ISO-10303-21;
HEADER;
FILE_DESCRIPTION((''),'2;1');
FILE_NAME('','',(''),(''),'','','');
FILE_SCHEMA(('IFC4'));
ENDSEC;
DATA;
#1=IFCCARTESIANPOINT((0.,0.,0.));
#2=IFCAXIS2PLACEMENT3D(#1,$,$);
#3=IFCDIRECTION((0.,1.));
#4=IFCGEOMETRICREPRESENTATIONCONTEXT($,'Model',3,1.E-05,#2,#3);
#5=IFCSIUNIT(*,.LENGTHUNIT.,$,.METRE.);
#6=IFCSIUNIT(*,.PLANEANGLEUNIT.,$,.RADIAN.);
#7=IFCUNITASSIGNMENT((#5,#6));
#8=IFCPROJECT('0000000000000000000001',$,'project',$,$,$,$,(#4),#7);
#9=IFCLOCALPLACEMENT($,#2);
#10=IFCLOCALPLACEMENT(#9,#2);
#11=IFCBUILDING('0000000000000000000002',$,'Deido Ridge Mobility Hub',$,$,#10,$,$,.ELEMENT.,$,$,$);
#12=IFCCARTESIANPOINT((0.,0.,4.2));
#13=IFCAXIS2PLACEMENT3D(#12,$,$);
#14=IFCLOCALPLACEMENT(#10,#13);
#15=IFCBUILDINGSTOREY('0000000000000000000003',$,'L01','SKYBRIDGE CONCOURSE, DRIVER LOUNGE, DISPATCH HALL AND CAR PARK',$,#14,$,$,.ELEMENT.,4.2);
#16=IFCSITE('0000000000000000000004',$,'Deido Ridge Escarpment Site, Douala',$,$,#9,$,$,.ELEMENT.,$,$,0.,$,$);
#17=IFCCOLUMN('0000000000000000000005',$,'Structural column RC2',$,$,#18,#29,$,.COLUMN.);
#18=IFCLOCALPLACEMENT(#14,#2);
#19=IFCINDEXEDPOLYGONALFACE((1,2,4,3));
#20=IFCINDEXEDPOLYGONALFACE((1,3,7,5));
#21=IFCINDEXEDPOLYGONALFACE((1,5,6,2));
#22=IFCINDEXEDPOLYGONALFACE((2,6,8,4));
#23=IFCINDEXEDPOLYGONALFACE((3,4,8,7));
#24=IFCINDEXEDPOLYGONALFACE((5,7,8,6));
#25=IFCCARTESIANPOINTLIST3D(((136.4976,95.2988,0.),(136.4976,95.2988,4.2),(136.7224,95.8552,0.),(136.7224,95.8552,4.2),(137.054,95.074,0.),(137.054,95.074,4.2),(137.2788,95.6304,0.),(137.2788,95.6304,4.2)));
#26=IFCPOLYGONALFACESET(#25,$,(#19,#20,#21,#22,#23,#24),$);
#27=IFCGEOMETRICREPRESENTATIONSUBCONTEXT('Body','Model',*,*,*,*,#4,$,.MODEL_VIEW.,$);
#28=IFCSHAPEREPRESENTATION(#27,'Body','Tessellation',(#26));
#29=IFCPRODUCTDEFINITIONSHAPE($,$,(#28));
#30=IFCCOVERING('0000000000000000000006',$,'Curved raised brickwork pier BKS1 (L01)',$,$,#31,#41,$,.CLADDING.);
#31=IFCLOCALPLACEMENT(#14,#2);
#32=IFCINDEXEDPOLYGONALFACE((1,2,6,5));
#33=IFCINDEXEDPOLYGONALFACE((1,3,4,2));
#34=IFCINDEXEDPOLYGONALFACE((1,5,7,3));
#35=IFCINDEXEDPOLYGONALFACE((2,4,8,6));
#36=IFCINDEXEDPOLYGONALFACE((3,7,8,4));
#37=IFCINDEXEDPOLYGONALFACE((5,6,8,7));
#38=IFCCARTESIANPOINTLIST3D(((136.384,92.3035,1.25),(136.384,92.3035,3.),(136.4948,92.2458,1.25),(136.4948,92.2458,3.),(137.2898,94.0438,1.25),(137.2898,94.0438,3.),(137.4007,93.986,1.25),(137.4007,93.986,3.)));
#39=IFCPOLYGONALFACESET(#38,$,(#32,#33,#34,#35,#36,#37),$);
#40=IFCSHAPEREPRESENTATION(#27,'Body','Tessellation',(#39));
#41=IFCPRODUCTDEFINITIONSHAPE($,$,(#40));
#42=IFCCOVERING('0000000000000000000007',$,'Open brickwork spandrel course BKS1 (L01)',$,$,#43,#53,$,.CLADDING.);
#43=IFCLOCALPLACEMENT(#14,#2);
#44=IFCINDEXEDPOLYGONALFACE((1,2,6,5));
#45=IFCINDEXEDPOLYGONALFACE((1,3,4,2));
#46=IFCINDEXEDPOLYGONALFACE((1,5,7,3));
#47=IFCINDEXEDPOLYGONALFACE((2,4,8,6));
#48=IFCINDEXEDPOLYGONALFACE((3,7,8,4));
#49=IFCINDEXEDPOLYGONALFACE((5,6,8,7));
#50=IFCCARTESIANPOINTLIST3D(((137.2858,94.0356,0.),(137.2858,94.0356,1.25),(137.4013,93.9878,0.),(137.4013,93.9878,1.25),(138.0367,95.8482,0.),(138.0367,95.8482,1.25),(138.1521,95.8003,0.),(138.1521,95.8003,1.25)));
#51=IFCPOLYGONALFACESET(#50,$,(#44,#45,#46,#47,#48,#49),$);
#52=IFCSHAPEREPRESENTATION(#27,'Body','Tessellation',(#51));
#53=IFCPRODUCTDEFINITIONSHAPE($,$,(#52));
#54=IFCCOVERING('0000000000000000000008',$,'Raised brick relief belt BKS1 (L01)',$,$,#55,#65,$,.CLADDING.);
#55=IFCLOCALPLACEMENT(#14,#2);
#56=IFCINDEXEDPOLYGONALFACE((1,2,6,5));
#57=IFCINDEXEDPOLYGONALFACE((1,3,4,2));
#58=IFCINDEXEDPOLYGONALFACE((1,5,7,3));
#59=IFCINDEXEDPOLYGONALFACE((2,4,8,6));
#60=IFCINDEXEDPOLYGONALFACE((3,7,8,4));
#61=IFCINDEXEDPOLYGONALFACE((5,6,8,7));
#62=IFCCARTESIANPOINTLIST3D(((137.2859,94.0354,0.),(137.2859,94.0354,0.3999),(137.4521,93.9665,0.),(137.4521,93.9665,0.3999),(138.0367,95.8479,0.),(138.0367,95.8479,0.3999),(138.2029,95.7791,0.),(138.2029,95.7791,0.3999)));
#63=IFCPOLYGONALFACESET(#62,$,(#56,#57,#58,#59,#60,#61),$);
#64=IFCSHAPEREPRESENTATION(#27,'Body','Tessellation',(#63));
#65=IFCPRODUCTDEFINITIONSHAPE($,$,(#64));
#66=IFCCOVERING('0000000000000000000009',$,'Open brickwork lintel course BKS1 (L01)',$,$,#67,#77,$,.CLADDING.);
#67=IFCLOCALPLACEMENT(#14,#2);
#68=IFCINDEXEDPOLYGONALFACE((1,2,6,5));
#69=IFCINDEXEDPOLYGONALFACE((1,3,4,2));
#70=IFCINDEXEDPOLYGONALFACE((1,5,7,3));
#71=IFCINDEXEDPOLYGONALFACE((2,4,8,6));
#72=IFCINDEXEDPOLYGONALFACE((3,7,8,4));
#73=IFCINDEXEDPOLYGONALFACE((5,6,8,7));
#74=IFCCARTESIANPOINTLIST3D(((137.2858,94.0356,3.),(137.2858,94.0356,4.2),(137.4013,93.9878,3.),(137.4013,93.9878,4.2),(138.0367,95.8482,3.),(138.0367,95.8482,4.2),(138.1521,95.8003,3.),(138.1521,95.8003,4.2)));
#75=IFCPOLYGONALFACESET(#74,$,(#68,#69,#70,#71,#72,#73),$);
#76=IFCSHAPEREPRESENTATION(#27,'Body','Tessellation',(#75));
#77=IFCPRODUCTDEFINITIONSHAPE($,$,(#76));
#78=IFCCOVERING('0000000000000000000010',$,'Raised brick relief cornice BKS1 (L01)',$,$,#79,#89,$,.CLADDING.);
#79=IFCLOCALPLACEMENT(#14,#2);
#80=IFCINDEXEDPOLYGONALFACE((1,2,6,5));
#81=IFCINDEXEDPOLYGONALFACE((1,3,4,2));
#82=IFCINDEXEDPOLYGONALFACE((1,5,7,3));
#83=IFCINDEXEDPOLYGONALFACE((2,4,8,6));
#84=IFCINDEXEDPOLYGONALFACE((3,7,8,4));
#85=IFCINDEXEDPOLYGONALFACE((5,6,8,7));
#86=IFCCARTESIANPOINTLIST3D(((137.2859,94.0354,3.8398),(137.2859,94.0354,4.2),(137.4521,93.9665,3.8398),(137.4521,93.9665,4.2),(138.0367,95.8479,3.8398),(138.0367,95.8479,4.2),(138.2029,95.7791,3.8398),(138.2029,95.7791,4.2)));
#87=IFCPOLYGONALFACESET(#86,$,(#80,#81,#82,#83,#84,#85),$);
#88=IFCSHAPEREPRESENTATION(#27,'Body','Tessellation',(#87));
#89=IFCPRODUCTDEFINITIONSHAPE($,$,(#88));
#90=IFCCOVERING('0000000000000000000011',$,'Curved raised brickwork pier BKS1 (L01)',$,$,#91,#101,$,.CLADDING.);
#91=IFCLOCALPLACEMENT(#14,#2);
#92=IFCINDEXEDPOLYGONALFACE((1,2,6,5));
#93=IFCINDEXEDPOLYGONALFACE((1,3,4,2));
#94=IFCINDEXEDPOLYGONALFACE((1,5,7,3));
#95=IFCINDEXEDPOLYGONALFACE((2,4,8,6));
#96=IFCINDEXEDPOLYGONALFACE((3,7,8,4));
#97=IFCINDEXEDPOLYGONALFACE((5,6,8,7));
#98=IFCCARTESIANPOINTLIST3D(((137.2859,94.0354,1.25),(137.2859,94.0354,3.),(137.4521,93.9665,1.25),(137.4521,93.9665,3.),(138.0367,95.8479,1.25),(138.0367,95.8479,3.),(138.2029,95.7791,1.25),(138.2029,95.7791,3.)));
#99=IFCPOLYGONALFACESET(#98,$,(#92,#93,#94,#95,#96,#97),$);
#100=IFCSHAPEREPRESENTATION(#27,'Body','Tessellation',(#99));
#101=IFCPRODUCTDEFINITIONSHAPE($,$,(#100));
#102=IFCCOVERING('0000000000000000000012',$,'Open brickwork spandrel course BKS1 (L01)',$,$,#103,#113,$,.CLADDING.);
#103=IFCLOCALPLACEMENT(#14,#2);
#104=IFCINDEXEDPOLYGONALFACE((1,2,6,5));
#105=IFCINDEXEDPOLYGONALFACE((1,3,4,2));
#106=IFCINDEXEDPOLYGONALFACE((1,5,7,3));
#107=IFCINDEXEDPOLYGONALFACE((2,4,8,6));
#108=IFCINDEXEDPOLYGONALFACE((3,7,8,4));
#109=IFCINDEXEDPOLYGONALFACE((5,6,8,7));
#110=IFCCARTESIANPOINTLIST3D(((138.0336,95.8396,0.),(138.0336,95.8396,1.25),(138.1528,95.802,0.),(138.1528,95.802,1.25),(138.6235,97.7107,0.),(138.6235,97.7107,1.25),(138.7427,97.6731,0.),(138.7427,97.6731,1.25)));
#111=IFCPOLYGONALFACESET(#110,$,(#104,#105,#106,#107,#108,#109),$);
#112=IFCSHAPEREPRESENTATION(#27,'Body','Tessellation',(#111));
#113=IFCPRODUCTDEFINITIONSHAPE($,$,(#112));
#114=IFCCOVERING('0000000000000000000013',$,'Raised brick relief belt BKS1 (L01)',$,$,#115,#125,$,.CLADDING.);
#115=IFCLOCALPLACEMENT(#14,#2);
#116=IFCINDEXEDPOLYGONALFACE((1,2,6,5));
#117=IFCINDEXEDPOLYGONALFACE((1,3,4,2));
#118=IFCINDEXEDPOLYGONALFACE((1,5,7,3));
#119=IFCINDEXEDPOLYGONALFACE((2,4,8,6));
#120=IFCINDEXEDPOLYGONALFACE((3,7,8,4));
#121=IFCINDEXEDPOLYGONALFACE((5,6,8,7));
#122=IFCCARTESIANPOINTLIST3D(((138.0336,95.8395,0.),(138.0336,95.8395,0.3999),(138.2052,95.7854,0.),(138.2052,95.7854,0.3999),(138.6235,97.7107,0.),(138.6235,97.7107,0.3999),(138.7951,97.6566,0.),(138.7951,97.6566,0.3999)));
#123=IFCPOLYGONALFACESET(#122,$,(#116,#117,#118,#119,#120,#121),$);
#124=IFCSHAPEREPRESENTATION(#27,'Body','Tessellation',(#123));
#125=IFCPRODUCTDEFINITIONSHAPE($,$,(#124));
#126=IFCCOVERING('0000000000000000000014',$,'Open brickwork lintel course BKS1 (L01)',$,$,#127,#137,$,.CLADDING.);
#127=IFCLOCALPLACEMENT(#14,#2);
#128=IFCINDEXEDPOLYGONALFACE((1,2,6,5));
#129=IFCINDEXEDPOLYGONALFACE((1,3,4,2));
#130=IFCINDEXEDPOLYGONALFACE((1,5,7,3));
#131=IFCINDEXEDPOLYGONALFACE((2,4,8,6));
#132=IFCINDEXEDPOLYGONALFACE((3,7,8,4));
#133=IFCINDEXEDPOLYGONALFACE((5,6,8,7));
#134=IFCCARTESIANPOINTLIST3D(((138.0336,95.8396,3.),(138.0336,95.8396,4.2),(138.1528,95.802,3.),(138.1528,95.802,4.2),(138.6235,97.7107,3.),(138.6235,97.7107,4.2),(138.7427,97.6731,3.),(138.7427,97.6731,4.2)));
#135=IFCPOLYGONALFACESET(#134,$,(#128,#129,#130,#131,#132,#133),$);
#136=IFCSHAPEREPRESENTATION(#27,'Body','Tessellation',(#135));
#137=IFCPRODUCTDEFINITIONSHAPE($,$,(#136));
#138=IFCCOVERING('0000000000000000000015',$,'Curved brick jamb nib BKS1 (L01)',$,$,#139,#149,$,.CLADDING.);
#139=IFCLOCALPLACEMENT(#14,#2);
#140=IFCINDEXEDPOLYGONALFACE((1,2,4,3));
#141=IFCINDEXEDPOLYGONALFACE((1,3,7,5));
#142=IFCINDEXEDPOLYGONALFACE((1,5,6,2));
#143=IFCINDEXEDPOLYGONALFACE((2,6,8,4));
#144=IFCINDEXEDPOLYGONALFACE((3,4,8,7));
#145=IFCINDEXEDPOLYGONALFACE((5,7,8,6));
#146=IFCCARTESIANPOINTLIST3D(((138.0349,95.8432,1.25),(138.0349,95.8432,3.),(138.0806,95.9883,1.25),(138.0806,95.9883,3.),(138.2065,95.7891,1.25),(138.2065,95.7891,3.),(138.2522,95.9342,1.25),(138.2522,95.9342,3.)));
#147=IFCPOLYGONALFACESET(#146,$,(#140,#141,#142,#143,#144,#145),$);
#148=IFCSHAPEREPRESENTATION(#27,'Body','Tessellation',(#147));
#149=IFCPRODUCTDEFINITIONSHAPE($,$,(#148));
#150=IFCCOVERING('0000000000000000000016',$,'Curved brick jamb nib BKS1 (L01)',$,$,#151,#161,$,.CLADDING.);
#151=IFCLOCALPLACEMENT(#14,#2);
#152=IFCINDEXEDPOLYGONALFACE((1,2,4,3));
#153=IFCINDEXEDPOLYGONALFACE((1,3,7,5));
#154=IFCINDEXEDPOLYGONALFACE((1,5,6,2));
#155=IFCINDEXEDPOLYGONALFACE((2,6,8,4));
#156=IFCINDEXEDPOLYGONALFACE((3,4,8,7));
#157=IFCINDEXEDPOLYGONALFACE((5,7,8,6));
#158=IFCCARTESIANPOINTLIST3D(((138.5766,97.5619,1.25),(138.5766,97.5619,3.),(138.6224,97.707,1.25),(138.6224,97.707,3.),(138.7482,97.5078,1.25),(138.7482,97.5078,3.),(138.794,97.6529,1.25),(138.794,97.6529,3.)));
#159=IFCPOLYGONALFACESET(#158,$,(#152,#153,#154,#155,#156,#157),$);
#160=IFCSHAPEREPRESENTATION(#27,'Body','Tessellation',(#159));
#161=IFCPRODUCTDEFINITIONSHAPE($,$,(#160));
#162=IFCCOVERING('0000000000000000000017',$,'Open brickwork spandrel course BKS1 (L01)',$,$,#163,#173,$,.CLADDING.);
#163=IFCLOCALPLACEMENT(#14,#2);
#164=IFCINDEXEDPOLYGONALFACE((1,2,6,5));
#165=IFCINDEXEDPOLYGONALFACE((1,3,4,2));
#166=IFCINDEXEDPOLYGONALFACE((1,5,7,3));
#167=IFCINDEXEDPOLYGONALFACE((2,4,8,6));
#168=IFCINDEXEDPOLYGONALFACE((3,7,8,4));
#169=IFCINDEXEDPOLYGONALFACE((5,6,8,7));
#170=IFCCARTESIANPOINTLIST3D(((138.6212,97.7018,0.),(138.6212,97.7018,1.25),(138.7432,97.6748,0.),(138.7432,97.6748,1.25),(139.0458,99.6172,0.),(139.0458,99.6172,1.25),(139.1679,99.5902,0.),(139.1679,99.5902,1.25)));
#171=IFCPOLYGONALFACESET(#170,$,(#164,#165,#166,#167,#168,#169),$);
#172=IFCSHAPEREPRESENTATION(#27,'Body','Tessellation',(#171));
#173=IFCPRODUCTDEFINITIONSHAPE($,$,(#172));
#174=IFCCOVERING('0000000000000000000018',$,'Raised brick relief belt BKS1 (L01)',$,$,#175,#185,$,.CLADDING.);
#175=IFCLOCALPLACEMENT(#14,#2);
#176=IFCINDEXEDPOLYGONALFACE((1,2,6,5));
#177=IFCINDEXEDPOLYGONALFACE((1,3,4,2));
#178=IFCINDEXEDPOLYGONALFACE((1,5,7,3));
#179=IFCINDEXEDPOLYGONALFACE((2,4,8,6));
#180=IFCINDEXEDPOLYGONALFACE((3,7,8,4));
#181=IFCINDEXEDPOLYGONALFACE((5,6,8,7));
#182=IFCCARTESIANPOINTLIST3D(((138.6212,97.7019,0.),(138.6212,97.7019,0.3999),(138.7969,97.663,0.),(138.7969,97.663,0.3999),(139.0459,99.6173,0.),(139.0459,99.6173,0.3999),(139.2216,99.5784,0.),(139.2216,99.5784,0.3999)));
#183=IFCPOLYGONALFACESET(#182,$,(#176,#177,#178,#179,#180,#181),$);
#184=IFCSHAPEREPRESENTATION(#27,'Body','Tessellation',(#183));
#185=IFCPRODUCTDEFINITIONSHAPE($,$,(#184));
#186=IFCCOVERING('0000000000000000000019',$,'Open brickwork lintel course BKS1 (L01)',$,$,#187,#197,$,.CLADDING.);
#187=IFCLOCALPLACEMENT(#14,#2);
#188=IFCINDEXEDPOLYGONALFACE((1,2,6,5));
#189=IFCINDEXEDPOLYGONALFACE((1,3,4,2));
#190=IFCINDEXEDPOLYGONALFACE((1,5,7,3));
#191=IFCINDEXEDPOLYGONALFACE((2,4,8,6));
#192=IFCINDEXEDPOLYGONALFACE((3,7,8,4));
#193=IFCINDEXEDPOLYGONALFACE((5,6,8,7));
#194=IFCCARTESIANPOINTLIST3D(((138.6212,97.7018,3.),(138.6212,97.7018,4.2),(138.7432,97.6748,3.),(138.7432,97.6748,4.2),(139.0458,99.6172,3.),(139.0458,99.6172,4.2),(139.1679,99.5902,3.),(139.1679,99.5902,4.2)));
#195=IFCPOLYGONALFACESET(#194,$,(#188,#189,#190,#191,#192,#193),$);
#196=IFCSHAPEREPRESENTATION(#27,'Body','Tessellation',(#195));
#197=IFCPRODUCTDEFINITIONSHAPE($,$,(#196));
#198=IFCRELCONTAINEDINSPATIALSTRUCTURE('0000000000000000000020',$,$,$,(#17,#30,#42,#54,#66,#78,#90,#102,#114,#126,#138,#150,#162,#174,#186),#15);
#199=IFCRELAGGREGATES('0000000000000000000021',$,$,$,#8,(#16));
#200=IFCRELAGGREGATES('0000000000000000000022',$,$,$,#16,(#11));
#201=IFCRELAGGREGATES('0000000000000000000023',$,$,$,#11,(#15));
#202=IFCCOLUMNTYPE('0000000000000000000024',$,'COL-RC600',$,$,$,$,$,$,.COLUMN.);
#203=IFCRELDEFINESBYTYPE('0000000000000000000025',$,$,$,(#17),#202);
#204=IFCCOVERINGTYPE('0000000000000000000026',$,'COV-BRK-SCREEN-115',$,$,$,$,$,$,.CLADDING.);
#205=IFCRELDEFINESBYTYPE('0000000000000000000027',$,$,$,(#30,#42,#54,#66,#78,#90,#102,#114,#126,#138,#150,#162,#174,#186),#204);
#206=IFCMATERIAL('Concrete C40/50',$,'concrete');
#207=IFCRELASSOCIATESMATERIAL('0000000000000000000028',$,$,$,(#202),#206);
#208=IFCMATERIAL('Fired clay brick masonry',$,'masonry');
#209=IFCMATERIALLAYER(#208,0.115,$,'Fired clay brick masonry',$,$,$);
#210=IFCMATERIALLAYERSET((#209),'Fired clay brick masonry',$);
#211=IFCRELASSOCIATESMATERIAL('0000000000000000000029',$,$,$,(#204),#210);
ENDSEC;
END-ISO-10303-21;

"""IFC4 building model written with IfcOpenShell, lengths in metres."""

from ifc_helpers import new_model, si_unit, direction, frame, origin, origin_2d, place, context, subcontext, project, spatial, rectangle, extrude, material, layer, layer_set, material_profile, profile_set, type_object, element, save


model = new_model("IFC4")

# Units and contexts
model_context = context("Model", 3, precision=1e-05, world=origin(), true_north=direction((0.0, 1.0)))
body_context = subcontext(model_context, "Body", "Model", "MODEL_VIEW")
ifc_project = project(units=[si_unit("LENGTHUNIT", "METRE"), si_unit("PLANEANGLEUNIT", "RADIAN")], contexts=[model_context])

# Site, building, storey
site_placement = place(None, origin())
site = spatial("IfcSite", under=ifc_project, at=site_placement, Name="Deido Ridge Escarpment Site, Douala", CompositionType="ELEMENT", RefElevation=0.0)
building_placement = place(site_placement, origin())
building = spatial("IfcBuilding", under=site, at=building_placement, Name="Deido Ridge Mobility Hub", CompositionType="ELEMENT")
storey_placement = place(building_placement, frame((0.0, 0.0, 4.2)))
storey = spatial("IfcBuildingStorey", under=building, at=storey_placement, Name="L01", Description="SKYBRIDGE CONCOURSE, DRIVER LOUNGE, DISPATCH HALL AND CAR PARK", CompositionType="ELEMENT", Elevation=4.2)

# Column
ifc_material_1 = material(Name="Concrete C40/50", Category="concrete")
ifc_material_profile = material_profile(ifc_material_1, rectangle(XDim=0.6001, YDim=0.6001, at=origin_2d()), Name="RC COL 600x600")
ifc_profile_set = profile_set([ifc_material_profile], Name="Concrete C40/50")
column_type = type_object("IfcColumnType", Name="COL-RC600", PredefinedType="COLUMN", material=ifc_profile_set)
column_placement = place(storey_placement, frame((136.8882, 95.4646, 0.0), z_axis=(0.0, 0.0, 1.0), x_axis=(0.927184, -0.374607, 0.0)))
element("IfcColumn", 1, at=column_placement, inside=storey, type_object=column_type, Name="Structural column RC2", PredefinedType="COLUMN", context=body_context, shape_type="SweptSolid", body=[
    extrude(rectangle(XDim=0.6001, YDim=0.6001, at=origin_2d()), origin(), (0.0, 0.0, 1.0), 4.2),
])

# Coverings
ifc_material_2 = material(Name="Fired clay brick masonry", Category="masonry")
ifc_layer = layer(ifc_material_2, 0.115, Name="Fired clay brick masonry")
ifc_layer_set = layer_set([ifc_layer], Name="Fired clay brick masonry")
covering_type = type_object("IfcCoveringType", Name="COV-BRK-SCREEN-115", PredefinedType="CLADDING", material=ifc_layer_set)
covering_1_placement = place(storey_placement, frame((136.8923, 93.1448, 1.25), z_axis=(0.0, 0.0, 1.0), x_axis=(0.461733, 0.887019, 0.0)))
element("IfcCovering", 2, at=covering_1_placement, inside=storey, type_object=covering_type, Name="Curved raised brickwork pier BKS1 (L01)", PredefinedType="CLADDING", context=body_context, shape_type="SweptSolid", body=[
    extrude(rectangle(XDim=1.9619, YDim=0.125, at=origin_2d()), origin(), (0.0, 0.0, 1.0), 1.75),
])
covering_2_placement = place(storey_placement, frame((137.719, 94.918, 0.0), z_axis=(0.0, 0.0, 1.0), x_axis=(0.3827, 0.923873, 0.0)))
element("IfcCovering", 3, at=covering_2_placement, inside=storey, type_object=covering_type, Name="Open brickwork spandrel course BKS1 (L01)", PredefinedType="CLADDING", context=body_context, shape_type="SweptSolid", body=[
    extrude(rectangle(XDim=1.9619, YDim=0.125, at=origin_2d()), origin(), (0.0, 0.0, 1.0), 1.25),
])
covering_3_placement = place(storey_placement, frame((137.7444, 94.9072, 0.0), z_axis=(0.0, 0.0, 1.0), x_axis=(0.3827, 0.923873, 0.0)))
element("IfcCovering", 4, at=covering_3_placement, inside=storey, type_object=covering_type, Name="Raised brick relief belt BKS1 (L01)", PredefinedType="CLADDING", context=body_context, shape_type="SweptSolid", body=[
    extrude(rectangle(XDim=1.9619, YDim=0.1799, at=origin_2d()), origin(), (0.0, 0.0, 1.0), 0.3999),
])
covering_4_placement = place(storey_placement, frame((137.719, 94.918, 3.0), z_axis=(0.0, 0.0, 1.0), x_axis=(0.3827, 0.923873, 0.0)))
element("IfcCovering", 5, at=covering_4_placement, inside=storey, type_object=covering_type, Name="Open brickwork lintel course BKS1 (L01)", PredefinedType="CLADDING", context=body_context, shape_type="SweptSolid", body=[
    extrude(rectangle(XDim=1.9619, YDim=0.125, at=origin_2d()), origin(), (0.0, 0.0, 1.0), 1.2),
])
covering_5_placement = place(storey_placement, frame((137.7444, 94.9072, 3.8398), z_axis=(0.0, 0.0, 1.0), x_axis=(0.3827, 0.923873, 0.0)))
element("IfcCovering", 6, at=covering_5_placement, inside=storey, type_object=covering_type, Name="Raised brick relief cornice BKS1 (L01)", PredefinedType="CLADDING", context=body_context, shape_type="SweptSolid", body=[
    extrude(rectangle(XDim=1.9619, YDim=0.1799, at=origin_2d()), origin(), (0.0, 0.0, 1.0), 0.3601),
])
covering_6_placement = place(storey_placement, frame((137.7444, 94.9072, 1.25), z_axis=(0.0, 0.0, 1.0), x_axis=(0.3827, 0.923873, 0.0)))
element("IfcCovering", 7, at=covering_6_placement, inside=storey, type_object=covering_type, Name="Curved raised brickwork pier BKS1 (L01)", PredefinedType="CLADDING", context=body_context, shape_type="SweptSolid", body=[
    extrude(rectangle(XDim=1.9619, YDim=0.1799, at=origin_2d()), origin(), (0.0, 0.0, 1.0), 1.75),
])
covering_7_placement = place(storey_placement, frame((138.3882, 96.7563, 0.0), z_axis=(0.0, 0.0, 1.0), x_axis=(0.300673, 0.953727, 0.0)))
element("IfcCovering", 8, at=covering_7_placement, inside=storey, type_object=covering_type, Name="Open brickwork spandrel course BKS1 (L01)", PredefinedType="CLADDING", context=body_context, shape_type="SweptSolid", body=[
    extrude(rectangle(XDim=1.9619, YDim=0.125, at=origin_2d()), origin(), (0.0, 0.0, 1.0), 1.25),
])
covering_8_placement = place(storey_placement, frame((138.4143, 96.748, 0.0), z_axis=(0.0, 0.0, 1.0), x_axis=(0.300673, 0.953727, 0.0)))
element("IfcCovering", 9, at=covering_8_placement, inside=storey, type_object=covering_type, Name="Raised brick relief belt BKS1 (L01)", PredefinedType="CLADDING", context=body_context, shape_type="SweptSolid", body=[
    extrude(rectangle(XDim=1.9619, YDim=0.1799, at=origin_2d()), origin(), (0.0, 0.0, 1.0), 0.3999),
])
covering_9_placement = place(storey_placement, frame((138.3882, 96.7563, 3.0), z_axis=(0.0, 0.0, 1.0), x_axis=(0.300673, 0.953727, 0.0)))
element("IfcCovering", 10, at=covering_9_placement, inside=storey, type_object=covering_type, Name="Open brickwork lintel course BKS1 (L01)", PredefinedType="CLADDING", context=body_context, shape_type="SweptSolid", body=[
    extrude(rectangle(XDim=1.9619, YDim=0.125, at=origin_2d()), origin(), (0.0, 0.0, 1.0), 1.2),
])
for number, where, z_axis, x_axis, name in (
    (11, (138.1436, 95.8887, 1.25), (0.0, 0.0, 1.0), (0.300673, 0.953727, 0.0), "Curved brick jamb nib BKS1 (L01)"),
    (12, (138.6853, 97.6074, 1.25), (0.0, 0.0, 1.0), (0.300673, 0.953727, 0.0), "Curved brick jamb nib BKS1 (L01)"),
):
    element("IfcCovering", number, at=place(storey_placement, frame(where, z_axis=z_axis, x_axis=x_axis)), inside=storey, type_object=covering_type, Name=name, PredefinedType="CLADDING", context=body_context, shape_type="SweptSolid", body=[
        extrude(rectangle(XDim=0.1521, YDim=0.1799, at=origin_2d()), origin(), (0.0, 0.0, 1.0), 1.75),
    ])
covering_10_placement = place(storey_placement, frame((138.8945, 98.646, 0.0), z_axis=(0.0, 0.0, 1.0), x_axis=(0.216457, 0.976292, 0.0)))
element("IfcCovering", 13, at=covering_10_placement, inside=storey, type_object=covering_type, Name="Open brickwork spandrel course BKS1 (L01)", PredefinedType="CLADDING", context=body_context, shape_type="SweptSolid", body=[
    extrude(rectangle(XDim=1.9619, YDim=0.125, at=origin_2d()), origin(), (0.0, 0.0, 1.0), 1.25),
])
covering_11_placement = place(storey_placement, frame((138.9214, 98.6401, 0.0), z_axis=(0.0, 0.0, 1.0), x_axis=(0.216457, 0.976292, 0.0)))
element("IfcCovering", 14, at=covering_11_placement, inside=storey, type_object=covering_type, Name="Raised brick relief belt BKS1 (L01)", PredefinedType="CLADDING", context=body_context, shape_type="SweptSolid", body=[
    extrude(rectangle(XDim=1.9619, YDim=0.1799, at=origin_2d()), origin(), (0.0, 0.0, 1.0), 0.3999),
])
covering_12_placement = place(storey_placement, frame((138.8945, 98.646, 3.0), z_axis=(0.0, 0.0, 1.0), x_axis=(0.216457, 0.976292, 0.0)))
element("IfcCovering", 15, at=covering_12_placement, inside=storey, type_object=covering_type, Name="Open brickwork lintel course BKS1 (L01)", PredefinedType="CLADDING", context=body_context, shape_type="SweptSolid", body=[
    extrude(rectangle(XDim=1.9619, YDim=0.125, at=origin_2d()), origin(), (0.0, 0.0, 1.0), 1.2),
])

save(model, "model.ifc")
